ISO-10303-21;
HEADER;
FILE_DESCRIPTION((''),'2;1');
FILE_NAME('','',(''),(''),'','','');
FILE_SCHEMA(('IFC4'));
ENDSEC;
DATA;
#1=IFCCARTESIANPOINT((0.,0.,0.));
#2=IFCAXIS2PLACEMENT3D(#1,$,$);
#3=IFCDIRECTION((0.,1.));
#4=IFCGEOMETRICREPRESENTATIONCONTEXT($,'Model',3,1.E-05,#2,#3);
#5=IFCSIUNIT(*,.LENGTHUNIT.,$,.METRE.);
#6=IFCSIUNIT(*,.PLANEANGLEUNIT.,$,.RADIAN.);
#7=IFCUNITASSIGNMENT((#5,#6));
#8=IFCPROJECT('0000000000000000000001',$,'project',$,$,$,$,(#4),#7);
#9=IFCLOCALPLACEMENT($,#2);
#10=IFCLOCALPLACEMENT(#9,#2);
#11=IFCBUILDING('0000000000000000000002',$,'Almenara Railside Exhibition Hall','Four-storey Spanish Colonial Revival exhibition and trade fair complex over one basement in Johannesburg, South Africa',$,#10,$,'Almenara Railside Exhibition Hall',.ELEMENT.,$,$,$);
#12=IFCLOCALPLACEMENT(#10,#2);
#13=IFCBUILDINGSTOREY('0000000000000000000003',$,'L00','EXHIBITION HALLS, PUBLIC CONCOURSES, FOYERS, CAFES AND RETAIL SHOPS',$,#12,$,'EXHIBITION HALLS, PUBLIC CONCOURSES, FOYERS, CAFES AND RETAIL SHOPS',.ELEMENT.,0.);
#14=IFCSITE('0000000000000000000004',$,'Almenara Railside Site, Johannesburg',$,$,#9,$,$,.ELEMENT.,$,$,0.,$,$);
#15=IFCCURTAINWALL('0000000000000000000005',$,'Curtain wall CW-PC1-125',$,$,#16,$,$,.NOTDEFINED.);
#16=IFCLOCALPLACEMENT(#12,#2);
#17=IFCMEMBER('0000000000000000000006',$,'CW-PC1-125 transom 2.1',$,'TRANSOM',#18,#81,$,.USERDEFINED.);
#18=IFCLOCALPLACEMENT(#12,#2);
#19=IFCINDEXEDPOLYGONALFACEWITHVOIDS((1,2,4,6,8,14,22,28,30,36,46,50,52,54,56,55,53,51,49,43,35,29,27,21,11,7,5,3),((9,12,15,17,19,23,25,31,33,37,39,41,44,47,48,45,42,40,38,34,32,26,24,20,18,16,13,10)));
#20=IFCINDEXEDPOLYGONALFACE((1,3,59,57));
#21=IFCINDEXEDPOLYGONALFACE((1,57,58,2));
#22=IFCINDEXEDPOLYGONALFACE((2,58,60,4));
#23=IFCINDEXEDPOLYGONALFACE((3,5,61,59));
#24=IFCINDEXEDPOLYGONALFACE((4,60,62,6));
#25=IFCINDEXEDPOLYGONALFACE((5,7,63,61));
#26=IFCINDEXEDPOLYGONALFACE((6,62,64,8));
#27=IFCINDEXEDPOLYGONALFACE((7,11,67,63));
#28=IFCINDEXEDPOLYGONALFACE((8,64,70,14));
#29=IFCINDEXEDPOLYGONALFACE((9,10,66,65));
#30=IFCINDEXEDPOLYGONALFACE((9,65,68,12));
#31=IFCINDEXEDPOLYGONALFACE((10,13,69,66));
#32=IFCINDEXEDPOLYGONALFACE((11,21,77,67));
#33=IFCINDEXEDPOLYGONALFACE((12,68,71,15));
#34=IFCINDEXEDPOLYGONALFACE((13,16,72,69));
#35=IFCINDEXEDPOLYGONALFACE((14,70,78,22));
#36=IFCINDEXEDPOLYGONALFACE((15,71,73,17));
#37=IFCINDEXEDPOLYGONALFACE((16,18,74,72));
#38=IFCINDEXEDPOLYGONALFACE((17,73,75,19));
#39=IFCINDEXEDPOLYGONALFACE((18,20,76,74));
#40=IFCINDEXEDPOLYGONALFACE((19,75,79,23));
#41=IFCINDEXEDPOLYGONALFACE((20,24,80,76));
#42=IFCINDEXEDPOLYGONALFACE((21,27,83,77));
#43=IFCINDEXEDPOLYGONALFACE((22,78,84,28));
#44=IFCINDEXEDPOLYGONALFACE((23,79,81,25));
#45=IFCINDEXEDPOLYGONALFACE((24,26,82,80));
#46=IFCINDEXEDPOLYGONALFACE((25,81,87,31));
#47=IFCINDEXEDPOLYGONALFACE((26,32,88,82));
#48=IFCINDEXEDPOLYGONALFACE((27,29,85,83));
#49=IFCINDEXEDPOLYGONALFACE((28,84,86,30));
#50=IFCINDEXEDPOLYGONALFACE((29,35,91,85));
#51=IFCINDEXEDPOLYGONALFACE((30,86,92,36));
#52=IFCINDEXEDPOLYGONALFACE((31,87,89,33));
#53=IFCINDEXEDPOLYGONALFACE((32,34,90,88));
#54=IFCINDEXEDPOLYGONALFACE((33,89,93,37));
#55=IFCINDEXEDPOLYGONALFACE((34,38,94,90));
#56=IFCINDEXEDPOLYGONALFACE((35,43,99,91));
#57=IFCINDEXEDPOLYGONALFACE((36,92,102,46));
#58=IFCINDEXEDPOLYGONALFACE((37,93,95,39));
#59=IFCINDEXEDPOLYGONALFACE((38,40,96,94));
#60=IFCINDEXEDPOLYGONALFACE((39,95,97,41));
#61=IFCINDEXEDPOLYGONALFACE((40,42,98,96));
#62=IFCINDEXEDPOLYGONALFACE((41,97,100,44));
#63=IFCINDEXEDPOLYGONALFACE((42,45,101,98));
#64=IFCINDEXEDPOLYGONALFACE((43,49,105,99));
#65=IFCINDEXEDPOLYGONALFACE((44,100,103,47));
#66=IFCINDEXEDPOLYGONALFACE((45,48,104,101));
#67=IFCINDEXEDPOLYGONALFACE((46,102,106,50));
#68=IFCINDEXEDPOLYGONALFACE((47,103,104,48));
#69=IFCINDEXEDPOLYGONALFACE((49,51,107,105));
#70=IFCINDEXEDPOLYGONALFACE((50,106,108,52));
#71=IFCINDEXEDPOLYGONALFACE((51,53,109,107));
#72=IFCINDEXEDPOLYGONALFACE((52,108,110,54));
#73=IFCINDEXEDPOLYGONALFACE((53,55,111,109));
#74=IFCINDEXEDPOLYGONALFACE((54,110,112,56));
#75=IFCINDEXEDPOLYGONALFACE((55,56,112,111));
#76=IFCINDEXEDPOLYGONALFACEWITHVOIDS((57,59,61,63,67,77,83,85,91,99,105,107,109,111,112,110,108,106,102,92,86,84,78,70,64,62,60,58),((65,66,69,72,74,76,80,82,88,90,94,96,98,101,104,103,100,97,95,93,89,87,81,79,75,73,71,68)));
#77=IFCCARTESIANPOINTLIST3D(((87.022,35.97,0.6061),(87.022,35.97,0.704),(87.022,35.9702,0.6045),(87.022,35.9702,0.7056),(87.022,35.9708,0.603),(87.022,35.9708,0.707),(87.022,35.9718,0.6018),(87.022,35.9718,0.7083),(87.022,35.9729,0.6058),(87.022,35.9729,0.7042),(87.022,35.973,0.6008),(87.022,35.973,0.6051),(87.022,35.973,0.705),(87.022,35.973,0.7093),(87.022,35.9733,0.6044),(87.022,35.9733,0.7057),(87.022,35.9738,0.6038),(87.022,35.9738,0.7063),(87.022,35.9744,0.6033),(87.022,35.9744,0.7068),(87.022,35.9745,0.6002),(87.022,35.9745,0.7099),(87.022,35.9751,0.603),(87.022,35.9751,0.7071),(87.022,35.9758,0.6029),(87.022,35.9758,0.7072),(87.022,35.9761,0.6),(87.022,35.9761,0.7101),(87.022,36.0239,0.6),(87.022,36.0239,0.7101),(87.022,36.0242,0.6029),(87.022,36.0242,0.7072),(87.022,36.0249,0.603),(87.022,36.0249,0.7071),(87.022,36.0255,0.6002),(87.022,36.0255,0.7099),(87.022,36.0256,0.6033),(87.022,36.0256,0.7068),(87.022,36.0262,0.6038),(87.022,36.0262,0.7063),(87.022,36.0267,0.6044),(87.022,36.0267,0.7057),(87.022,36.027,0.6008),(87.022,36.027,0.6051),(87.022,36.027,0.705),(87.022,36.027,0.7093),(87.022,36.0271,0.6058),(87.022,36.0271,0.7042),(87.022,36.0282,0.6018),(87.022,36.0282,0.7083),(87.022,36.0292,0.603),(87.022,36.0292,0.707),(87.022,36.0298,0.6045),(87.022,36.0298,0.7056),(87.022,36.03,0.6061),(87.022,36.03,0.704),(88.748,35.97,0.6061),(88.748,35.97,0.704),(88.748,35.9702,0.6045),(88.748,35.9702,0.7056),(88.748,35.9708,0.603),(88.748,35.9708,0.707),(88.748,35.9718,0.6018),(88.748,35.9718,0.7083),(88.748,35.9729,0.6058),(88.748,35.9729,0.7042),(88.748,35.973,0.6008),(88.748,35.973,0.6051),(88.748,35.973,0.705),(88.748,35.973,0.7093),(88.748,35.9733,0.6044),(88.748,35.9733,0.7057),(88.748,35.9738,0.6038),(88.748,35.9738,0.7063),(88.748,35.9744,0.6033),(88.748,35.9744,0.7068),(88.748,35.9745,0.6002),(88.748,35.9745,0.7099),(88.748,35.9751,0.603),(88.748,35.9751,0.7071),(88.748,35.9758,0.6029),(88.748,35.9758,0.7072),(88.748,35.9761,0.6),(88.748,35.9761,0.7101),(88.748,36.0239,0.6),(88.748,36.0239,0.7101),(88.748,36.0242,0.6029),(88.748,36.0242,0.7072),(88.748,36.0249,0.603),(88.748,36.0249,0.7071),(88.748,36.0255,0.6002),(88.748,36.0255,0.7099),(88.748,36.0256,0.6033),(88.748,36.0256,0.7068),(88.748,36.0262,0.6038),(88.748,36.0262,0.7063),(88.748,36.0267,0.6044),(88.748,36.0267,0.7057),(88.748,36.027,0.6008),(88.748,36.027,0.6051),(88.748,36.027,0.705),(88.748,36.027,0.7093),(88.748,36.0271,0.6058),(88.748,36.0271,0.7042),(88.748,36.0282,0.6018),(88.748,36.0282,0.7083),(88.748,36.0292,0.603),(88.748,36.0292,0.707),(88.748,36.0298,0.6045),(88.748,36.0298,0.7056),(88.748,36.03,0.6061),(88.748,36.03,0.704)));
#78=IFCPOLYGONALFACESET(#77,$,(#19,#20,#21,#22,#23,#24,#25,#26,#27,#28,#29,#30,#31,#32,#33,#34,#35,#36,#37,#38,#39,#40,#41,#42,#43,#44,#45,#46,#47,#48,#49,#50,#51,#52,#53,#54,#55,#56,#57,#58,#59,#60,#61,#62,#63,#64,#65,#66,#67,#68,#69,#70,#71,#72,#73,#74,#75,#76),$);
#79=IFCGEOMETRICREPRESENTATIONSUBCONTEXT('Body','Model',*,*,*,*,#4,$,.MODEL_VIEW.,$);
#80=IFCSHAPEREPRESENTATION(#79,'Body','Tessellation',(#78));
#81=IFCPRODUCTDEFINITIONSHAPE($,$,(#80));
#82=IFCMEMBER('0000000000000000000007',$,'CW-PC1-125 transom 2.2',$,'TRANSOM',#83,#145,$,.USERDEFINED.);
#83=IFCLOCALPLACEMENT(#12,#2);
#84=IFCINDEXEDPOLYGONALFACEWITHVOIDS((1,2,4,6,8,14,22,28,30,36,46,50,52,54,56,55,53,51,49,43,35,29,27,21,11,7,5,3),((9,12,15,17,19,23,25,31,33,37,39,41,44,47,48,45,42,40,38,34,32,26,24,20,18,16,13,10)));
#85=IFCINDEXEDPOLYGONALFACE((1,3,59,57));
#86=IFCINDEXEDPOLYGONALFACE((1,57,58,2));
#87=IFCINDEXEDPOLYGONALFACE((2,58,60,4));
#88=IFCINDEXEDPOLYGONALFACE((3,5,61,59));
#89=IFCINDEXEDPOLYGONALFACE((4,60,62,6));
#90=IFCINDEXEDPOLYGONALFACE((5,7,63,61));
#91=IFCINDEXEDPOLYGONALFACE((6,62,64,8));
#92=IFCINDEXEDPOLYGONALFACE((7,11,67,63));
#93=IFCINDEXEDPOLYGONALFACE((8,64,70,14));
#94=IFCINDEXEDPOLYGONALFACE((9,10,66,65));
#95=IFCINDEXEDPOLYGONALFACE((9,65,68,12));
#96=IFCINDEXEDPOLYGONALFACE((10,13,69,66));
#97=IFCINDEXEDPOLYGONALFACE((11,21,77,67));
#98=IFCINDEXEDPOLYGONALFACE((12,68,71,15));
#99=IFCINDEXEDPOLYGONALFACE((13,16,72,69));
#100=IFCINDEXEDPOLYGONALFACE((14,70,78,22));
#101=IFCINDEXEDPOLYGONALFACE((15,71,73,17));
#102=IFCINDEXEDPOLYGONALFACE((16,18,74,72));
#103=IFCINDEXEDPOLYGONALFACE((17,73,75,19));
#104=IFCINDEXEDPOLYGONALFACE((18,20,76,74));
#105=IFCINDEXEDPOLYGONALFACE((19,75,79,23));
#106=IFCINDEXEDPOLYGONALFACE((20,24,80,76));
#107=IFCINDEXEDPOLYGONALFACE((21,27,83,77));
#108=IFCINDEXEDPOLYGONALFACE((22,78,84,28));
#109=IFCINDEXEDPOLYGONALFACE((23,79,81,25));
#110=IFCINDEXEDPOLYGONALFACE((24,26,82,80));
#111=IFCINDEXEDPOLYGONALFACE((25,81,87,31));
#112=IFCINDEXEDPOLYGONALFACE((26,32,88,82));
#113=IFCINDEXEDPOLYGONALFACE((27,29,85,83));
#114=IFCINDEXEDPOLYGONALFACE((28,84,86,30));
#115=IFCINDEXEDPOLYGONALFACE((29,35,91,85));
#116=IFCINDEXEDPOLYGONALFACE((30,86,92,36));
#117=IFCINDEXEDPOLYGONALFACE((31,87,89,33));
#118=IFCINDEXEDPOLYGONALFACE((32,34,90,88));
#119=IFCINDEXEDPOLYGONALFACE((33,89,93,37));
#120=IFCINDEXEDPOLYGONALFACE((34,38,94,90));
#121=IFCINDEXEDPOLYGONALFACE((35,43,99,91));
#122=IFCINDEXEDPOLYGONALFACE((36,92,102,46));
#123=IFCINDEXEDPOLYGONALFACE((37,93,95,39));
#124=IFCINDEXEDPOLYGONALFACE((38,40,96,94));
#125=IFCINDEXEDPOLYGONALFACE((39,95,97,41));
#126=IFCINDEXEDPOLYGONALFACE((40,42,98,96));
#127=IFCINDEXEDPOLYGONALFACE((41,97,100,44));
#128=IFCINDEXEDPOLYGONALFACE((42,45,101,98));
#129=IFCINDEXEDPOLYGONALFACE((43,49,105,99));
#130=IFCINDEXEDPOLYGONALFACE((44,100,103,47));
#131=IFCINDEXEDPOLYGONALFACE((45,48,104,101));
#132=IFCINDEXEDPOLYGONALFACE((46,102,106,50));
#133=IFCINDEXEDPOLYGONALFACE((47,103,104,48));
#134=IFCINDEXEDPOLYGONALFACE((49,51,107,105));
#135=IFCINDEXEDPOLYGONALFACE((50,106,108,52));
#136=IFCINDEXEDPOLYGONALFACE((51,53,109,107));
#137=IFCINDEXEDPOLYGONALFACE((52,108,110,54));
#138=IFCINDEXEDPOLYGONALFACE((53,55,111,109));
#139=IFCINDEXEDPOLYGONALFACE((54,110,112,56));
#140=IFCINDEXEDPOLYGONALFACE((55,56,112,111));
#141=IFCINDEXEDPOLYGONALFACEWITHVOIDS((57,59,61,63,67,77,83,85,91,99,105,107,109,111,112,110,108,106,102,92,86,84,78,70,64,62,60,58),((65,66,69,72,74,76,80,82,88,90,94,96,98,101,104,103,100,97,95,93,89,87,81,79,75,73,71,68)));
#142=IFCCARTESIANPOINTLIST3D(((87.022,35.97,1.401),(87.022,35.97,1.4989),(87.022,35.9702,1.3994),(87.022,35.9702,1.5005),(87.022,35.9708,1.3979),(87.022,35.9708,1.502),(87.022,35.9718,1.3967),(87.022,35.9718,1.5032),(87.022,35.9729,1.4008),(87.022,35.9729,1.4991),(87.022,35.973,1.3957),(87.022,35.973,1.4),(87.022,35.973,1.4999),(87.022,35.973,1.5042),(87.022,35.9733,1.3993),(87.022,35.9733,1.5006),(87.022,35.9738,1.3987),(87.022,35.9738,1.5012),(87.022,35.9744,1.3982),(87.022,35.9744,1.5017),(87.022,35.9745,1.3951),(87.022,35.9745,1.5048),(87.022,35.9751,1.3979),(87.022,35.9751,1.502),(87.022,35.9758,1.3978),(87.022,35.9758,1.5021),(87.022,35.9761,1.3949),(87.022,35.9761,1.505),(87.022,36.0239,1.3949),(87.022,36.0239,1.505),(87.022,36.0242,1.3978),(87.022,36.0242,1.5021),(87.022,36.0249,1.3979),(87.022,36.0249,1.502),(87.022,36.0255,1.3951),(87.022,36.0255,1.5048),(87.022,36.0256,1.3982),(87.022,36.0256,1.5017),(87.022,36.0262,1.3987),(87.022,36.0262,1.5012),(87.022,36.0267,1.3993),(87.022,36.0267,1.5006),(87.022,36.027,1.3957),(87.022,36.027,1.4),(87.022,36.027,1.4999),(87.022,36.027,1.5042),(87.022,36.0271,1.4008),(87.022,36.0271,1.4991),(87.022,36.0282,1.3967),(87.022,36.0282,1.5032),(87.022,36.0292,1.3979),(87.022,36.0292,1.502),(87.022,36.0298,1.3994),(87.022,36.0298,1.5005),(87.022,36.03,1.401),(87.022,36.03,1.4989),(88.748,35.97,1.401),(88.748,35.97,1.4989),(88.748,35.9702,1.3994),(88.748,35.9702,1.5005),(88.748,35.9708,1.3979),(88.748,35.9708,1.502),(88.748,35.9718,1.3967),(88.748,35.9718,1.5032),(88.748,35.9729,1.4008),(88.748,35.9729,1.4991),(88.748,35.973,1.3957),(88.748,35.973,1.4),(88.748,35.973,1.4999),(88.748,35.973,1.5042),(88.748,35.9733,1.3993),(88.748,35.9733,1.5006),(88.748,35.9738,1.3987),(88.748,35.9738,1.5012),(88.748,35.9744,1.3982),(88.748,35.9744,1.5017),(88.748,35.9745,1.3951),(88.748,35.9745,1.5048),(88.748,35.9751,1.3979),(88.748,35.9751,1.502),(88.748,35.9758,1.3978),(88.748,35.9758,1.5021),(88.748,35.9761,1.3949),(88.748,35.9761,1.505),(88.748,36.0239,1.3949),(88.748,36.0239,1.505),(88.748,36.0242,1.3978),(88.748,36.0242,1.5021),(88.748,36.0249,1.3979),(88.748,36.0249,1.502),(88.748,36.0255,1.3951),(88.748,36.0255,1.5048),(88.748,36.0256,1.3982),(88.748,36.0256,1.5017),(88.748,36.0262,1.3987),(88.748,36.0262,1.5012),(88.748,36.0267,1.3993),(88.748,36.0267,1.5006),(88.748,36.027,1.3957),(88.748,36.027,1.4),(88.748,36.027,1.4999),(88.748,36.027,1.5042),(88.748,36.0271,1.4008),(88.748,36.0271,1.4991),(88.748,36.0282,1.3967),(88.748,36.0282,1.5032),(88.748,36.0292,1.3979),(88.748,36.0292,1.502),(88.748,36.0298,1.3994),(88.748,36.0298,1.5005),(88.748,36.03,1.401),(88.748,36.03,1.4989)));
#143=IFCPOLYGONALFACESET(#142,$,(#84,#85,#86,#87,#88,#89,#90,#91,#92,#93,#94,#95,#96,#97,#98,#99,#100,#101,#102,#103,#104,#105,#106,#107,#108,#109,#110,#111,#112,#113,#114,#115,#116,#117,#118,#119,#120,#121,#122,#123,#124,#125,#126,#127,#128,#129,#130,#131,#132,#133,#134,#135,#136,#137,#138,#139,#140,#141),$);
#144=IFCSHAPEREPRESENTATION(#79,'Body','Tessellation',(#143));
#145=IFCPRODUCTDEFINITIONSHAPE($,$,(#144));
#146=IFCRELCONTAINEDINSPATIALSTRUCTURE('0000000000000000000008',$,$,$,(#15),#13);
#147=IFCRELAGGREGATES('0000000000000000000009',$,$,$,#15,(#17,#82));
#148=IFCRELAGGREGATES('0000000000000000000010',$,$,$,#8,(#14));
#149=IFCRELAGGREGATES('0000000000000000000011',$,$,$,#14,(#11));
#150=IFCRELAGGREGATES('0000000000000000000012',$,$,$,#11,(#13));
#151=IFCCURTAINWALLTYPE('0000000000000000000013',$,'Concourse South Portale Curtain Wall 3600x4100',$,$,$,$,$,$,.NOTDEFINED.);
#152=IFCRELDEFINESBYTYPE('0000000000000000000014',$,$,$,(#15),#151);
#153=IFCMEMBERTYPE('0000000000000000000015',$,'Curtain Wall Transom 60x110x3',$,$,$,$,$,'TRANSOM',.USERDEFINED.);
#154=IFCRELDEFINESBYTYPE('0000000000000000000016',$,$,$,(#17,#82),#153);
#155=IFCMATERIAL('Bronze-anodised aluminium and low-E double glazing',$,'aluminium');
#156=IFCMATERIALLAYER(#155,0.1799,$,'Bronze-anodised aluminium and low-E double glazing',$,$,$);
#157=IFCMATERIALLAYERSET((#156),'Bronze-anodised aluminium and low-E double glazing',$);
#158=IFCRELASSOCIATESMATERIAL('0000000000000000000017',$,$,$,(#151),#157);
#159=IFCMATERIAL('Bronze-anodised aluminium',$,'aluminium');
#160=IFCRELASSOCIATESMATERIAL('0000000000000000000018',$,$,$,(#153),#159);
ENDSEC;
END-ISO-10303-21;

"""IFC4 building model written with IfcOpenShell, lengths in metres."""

from ifc_helpers import new_model, si_unit, direction, frame, origin, origin_2d, place, context, subcontext, project, spatial, hollow_rectangle, extrude, material, layer, layer_set, material_profile, profile_set, type_object, element, aggregate, save


model = new_model("IFC4")

# Units and contexts
model_context = context("Model", 3, precision=1e-05, world=origin(), true_north=direction((0.0, 1.0)))
body_context = subcontext(model_context, "Body", "Model", "MODEL_VIEW")
ifc_project = project(units=[si_unit("LENGTHUNIT", "METRE"), si_unit("PLANEANGLEUNIT", "RADIAN")], contexts=[model_context])

# Site, building, storey
site_placement = place(None, origin())
site = spatial("IfcSite", under=ifc_project, at=site_placement, Name="Almenara Railside Site, Johannesburg", CompositionType="ELEMENT", RefElevation=0.0)
building_placement = place(site_placement, origin())
building = spatial("IfcBuilding", under=site, at=building_placement, Name="Almenara Railside Exhibition Hall", Description="Four-storey Spanish Colonial Revival exhibition and trade fair complex over one basement in Johannesburg, South Africa", LongName="Almenara Railside Exhibition Hall", CompositionType="ELEMENT")
storey_placement = place(building_placement, origin())
storey = spatial("IfcBuildingStorey", under=building, at=storey_placement, Name="L00", Description="EXHIBITION HALLS, PUBLIC CONCOURSES, FOYERS, CAFES AND RETAIL SHOPS", LongName="EXHIBITION HALLS, PUBLIC CONCOURSES, FOYERS, CAFES AND RETAIL SHOPS", CompositionType="ELEMENT", Elevation=0.0)

# Curtain wall
ifc_material_1 = material(Name="Bronze-anodised aluminium and low-E double glazing", Category="aluminium")
ifc_layer_1 = layer(ifc_material_1, 0.1799, Name="Bronze-anodised aluminium and low-E double glazing")
ifc_layer_set_1 = layer_set([ifc_layer_1], Name="Bronze-anodised aluminium and low-E double glazing")
curtain_wall_type = type_object("IfcCurtainWallType", Name="Concourse South Portale Curtain Wall 3600x4100", PredefinedType="NOTDEFINED", material=ifc_layer_set_1)
ifc_material_2 = material(Name="Bronze-anodised aluminium", Category="aluminium")
curtain_wall_1_placement = place(storey_placement, origin())
curtain_wall_1 = element("IfcCurtainWall", 1, at=curtain_wall_1_placement, inside=storey, type_object=curtain_wall_type, Name="Curtain wall CW-PC1-125", PredefinedType="NOTDEFINED")

# Members
ifc_material_profile_1 = material_profile(ifc_material_2, hollow_rectangle(XDim=0.0601, YDim=0.1101, WallThickness=0.0029, InnerFilletRadius=0.0029, OuterFilletRadius=0.0061, at=origin_2d()), Name="ALU-TRN 60x110x3")
ifc_profile_set_1 = profile_set([ifc_material_profile_1], Name="Bronze-anodised aluminium")
member_type_1 = type_object("IfcMemberType", Name="Curtain Wall Transom 60x110x3", ElementType="TRANSOM", PredefinedType="USERDEFINED", material=ifc_profile_set_1)
member_1_placement = place(storey_placement, frame((87.022, 36.0, 0.655), z_axis=(1.0, 0.0, 0.0), x_axis=(0.0, 1.0, 0.0)))
member_1 = element("IfcMember", 2, at=member_1_placement, type_object=member_type_1, Name="CW-PC1-125 transom 2.1", ObjectType="TRANSOM", PredefinedType="USERDEFINED", context=body_context, shape_type="SweptSolid", body=[
    extrude(hollow_rectangle(XDim=0.0601, YDim=0.1101, WallThickness=0.0029, InnerFilletRadius=0.0029, OuterFilletRadius=0.0061, at=origin_2d()), origin(), (0.0, 0.0, 1.0), 1.7261),
])
member_2_placement = place(storey_placement, frame((87.022, 36.0, 1.45), z_axis=(1.0, 0.0, 0.0), x_axis=(0.0, 1.0, 0.0)))
member_2 = element("IfcMember", 3, at=member_2_placement, type_object=member_type_1, Name="CW-PC1-125 transom 2.2", ObjectType="TRANSOM", PredefinedType="USERDEFINED", context=body_context, shape_type="SweptSolid", body=[
    extrude(hollow_rectangle(XDim=0.0601, YDim=0.1101, WallThickness=0.0029, InnerFilletRadius=0.0029, OuterFilletRadius=0.0061, at=origin_2d()), origin(), (0.0, 0.0, 1.0), 1.7261),
])

aggregate(curtain_wall_1, [member_1, member_2])

save(model, "model.ifc")
